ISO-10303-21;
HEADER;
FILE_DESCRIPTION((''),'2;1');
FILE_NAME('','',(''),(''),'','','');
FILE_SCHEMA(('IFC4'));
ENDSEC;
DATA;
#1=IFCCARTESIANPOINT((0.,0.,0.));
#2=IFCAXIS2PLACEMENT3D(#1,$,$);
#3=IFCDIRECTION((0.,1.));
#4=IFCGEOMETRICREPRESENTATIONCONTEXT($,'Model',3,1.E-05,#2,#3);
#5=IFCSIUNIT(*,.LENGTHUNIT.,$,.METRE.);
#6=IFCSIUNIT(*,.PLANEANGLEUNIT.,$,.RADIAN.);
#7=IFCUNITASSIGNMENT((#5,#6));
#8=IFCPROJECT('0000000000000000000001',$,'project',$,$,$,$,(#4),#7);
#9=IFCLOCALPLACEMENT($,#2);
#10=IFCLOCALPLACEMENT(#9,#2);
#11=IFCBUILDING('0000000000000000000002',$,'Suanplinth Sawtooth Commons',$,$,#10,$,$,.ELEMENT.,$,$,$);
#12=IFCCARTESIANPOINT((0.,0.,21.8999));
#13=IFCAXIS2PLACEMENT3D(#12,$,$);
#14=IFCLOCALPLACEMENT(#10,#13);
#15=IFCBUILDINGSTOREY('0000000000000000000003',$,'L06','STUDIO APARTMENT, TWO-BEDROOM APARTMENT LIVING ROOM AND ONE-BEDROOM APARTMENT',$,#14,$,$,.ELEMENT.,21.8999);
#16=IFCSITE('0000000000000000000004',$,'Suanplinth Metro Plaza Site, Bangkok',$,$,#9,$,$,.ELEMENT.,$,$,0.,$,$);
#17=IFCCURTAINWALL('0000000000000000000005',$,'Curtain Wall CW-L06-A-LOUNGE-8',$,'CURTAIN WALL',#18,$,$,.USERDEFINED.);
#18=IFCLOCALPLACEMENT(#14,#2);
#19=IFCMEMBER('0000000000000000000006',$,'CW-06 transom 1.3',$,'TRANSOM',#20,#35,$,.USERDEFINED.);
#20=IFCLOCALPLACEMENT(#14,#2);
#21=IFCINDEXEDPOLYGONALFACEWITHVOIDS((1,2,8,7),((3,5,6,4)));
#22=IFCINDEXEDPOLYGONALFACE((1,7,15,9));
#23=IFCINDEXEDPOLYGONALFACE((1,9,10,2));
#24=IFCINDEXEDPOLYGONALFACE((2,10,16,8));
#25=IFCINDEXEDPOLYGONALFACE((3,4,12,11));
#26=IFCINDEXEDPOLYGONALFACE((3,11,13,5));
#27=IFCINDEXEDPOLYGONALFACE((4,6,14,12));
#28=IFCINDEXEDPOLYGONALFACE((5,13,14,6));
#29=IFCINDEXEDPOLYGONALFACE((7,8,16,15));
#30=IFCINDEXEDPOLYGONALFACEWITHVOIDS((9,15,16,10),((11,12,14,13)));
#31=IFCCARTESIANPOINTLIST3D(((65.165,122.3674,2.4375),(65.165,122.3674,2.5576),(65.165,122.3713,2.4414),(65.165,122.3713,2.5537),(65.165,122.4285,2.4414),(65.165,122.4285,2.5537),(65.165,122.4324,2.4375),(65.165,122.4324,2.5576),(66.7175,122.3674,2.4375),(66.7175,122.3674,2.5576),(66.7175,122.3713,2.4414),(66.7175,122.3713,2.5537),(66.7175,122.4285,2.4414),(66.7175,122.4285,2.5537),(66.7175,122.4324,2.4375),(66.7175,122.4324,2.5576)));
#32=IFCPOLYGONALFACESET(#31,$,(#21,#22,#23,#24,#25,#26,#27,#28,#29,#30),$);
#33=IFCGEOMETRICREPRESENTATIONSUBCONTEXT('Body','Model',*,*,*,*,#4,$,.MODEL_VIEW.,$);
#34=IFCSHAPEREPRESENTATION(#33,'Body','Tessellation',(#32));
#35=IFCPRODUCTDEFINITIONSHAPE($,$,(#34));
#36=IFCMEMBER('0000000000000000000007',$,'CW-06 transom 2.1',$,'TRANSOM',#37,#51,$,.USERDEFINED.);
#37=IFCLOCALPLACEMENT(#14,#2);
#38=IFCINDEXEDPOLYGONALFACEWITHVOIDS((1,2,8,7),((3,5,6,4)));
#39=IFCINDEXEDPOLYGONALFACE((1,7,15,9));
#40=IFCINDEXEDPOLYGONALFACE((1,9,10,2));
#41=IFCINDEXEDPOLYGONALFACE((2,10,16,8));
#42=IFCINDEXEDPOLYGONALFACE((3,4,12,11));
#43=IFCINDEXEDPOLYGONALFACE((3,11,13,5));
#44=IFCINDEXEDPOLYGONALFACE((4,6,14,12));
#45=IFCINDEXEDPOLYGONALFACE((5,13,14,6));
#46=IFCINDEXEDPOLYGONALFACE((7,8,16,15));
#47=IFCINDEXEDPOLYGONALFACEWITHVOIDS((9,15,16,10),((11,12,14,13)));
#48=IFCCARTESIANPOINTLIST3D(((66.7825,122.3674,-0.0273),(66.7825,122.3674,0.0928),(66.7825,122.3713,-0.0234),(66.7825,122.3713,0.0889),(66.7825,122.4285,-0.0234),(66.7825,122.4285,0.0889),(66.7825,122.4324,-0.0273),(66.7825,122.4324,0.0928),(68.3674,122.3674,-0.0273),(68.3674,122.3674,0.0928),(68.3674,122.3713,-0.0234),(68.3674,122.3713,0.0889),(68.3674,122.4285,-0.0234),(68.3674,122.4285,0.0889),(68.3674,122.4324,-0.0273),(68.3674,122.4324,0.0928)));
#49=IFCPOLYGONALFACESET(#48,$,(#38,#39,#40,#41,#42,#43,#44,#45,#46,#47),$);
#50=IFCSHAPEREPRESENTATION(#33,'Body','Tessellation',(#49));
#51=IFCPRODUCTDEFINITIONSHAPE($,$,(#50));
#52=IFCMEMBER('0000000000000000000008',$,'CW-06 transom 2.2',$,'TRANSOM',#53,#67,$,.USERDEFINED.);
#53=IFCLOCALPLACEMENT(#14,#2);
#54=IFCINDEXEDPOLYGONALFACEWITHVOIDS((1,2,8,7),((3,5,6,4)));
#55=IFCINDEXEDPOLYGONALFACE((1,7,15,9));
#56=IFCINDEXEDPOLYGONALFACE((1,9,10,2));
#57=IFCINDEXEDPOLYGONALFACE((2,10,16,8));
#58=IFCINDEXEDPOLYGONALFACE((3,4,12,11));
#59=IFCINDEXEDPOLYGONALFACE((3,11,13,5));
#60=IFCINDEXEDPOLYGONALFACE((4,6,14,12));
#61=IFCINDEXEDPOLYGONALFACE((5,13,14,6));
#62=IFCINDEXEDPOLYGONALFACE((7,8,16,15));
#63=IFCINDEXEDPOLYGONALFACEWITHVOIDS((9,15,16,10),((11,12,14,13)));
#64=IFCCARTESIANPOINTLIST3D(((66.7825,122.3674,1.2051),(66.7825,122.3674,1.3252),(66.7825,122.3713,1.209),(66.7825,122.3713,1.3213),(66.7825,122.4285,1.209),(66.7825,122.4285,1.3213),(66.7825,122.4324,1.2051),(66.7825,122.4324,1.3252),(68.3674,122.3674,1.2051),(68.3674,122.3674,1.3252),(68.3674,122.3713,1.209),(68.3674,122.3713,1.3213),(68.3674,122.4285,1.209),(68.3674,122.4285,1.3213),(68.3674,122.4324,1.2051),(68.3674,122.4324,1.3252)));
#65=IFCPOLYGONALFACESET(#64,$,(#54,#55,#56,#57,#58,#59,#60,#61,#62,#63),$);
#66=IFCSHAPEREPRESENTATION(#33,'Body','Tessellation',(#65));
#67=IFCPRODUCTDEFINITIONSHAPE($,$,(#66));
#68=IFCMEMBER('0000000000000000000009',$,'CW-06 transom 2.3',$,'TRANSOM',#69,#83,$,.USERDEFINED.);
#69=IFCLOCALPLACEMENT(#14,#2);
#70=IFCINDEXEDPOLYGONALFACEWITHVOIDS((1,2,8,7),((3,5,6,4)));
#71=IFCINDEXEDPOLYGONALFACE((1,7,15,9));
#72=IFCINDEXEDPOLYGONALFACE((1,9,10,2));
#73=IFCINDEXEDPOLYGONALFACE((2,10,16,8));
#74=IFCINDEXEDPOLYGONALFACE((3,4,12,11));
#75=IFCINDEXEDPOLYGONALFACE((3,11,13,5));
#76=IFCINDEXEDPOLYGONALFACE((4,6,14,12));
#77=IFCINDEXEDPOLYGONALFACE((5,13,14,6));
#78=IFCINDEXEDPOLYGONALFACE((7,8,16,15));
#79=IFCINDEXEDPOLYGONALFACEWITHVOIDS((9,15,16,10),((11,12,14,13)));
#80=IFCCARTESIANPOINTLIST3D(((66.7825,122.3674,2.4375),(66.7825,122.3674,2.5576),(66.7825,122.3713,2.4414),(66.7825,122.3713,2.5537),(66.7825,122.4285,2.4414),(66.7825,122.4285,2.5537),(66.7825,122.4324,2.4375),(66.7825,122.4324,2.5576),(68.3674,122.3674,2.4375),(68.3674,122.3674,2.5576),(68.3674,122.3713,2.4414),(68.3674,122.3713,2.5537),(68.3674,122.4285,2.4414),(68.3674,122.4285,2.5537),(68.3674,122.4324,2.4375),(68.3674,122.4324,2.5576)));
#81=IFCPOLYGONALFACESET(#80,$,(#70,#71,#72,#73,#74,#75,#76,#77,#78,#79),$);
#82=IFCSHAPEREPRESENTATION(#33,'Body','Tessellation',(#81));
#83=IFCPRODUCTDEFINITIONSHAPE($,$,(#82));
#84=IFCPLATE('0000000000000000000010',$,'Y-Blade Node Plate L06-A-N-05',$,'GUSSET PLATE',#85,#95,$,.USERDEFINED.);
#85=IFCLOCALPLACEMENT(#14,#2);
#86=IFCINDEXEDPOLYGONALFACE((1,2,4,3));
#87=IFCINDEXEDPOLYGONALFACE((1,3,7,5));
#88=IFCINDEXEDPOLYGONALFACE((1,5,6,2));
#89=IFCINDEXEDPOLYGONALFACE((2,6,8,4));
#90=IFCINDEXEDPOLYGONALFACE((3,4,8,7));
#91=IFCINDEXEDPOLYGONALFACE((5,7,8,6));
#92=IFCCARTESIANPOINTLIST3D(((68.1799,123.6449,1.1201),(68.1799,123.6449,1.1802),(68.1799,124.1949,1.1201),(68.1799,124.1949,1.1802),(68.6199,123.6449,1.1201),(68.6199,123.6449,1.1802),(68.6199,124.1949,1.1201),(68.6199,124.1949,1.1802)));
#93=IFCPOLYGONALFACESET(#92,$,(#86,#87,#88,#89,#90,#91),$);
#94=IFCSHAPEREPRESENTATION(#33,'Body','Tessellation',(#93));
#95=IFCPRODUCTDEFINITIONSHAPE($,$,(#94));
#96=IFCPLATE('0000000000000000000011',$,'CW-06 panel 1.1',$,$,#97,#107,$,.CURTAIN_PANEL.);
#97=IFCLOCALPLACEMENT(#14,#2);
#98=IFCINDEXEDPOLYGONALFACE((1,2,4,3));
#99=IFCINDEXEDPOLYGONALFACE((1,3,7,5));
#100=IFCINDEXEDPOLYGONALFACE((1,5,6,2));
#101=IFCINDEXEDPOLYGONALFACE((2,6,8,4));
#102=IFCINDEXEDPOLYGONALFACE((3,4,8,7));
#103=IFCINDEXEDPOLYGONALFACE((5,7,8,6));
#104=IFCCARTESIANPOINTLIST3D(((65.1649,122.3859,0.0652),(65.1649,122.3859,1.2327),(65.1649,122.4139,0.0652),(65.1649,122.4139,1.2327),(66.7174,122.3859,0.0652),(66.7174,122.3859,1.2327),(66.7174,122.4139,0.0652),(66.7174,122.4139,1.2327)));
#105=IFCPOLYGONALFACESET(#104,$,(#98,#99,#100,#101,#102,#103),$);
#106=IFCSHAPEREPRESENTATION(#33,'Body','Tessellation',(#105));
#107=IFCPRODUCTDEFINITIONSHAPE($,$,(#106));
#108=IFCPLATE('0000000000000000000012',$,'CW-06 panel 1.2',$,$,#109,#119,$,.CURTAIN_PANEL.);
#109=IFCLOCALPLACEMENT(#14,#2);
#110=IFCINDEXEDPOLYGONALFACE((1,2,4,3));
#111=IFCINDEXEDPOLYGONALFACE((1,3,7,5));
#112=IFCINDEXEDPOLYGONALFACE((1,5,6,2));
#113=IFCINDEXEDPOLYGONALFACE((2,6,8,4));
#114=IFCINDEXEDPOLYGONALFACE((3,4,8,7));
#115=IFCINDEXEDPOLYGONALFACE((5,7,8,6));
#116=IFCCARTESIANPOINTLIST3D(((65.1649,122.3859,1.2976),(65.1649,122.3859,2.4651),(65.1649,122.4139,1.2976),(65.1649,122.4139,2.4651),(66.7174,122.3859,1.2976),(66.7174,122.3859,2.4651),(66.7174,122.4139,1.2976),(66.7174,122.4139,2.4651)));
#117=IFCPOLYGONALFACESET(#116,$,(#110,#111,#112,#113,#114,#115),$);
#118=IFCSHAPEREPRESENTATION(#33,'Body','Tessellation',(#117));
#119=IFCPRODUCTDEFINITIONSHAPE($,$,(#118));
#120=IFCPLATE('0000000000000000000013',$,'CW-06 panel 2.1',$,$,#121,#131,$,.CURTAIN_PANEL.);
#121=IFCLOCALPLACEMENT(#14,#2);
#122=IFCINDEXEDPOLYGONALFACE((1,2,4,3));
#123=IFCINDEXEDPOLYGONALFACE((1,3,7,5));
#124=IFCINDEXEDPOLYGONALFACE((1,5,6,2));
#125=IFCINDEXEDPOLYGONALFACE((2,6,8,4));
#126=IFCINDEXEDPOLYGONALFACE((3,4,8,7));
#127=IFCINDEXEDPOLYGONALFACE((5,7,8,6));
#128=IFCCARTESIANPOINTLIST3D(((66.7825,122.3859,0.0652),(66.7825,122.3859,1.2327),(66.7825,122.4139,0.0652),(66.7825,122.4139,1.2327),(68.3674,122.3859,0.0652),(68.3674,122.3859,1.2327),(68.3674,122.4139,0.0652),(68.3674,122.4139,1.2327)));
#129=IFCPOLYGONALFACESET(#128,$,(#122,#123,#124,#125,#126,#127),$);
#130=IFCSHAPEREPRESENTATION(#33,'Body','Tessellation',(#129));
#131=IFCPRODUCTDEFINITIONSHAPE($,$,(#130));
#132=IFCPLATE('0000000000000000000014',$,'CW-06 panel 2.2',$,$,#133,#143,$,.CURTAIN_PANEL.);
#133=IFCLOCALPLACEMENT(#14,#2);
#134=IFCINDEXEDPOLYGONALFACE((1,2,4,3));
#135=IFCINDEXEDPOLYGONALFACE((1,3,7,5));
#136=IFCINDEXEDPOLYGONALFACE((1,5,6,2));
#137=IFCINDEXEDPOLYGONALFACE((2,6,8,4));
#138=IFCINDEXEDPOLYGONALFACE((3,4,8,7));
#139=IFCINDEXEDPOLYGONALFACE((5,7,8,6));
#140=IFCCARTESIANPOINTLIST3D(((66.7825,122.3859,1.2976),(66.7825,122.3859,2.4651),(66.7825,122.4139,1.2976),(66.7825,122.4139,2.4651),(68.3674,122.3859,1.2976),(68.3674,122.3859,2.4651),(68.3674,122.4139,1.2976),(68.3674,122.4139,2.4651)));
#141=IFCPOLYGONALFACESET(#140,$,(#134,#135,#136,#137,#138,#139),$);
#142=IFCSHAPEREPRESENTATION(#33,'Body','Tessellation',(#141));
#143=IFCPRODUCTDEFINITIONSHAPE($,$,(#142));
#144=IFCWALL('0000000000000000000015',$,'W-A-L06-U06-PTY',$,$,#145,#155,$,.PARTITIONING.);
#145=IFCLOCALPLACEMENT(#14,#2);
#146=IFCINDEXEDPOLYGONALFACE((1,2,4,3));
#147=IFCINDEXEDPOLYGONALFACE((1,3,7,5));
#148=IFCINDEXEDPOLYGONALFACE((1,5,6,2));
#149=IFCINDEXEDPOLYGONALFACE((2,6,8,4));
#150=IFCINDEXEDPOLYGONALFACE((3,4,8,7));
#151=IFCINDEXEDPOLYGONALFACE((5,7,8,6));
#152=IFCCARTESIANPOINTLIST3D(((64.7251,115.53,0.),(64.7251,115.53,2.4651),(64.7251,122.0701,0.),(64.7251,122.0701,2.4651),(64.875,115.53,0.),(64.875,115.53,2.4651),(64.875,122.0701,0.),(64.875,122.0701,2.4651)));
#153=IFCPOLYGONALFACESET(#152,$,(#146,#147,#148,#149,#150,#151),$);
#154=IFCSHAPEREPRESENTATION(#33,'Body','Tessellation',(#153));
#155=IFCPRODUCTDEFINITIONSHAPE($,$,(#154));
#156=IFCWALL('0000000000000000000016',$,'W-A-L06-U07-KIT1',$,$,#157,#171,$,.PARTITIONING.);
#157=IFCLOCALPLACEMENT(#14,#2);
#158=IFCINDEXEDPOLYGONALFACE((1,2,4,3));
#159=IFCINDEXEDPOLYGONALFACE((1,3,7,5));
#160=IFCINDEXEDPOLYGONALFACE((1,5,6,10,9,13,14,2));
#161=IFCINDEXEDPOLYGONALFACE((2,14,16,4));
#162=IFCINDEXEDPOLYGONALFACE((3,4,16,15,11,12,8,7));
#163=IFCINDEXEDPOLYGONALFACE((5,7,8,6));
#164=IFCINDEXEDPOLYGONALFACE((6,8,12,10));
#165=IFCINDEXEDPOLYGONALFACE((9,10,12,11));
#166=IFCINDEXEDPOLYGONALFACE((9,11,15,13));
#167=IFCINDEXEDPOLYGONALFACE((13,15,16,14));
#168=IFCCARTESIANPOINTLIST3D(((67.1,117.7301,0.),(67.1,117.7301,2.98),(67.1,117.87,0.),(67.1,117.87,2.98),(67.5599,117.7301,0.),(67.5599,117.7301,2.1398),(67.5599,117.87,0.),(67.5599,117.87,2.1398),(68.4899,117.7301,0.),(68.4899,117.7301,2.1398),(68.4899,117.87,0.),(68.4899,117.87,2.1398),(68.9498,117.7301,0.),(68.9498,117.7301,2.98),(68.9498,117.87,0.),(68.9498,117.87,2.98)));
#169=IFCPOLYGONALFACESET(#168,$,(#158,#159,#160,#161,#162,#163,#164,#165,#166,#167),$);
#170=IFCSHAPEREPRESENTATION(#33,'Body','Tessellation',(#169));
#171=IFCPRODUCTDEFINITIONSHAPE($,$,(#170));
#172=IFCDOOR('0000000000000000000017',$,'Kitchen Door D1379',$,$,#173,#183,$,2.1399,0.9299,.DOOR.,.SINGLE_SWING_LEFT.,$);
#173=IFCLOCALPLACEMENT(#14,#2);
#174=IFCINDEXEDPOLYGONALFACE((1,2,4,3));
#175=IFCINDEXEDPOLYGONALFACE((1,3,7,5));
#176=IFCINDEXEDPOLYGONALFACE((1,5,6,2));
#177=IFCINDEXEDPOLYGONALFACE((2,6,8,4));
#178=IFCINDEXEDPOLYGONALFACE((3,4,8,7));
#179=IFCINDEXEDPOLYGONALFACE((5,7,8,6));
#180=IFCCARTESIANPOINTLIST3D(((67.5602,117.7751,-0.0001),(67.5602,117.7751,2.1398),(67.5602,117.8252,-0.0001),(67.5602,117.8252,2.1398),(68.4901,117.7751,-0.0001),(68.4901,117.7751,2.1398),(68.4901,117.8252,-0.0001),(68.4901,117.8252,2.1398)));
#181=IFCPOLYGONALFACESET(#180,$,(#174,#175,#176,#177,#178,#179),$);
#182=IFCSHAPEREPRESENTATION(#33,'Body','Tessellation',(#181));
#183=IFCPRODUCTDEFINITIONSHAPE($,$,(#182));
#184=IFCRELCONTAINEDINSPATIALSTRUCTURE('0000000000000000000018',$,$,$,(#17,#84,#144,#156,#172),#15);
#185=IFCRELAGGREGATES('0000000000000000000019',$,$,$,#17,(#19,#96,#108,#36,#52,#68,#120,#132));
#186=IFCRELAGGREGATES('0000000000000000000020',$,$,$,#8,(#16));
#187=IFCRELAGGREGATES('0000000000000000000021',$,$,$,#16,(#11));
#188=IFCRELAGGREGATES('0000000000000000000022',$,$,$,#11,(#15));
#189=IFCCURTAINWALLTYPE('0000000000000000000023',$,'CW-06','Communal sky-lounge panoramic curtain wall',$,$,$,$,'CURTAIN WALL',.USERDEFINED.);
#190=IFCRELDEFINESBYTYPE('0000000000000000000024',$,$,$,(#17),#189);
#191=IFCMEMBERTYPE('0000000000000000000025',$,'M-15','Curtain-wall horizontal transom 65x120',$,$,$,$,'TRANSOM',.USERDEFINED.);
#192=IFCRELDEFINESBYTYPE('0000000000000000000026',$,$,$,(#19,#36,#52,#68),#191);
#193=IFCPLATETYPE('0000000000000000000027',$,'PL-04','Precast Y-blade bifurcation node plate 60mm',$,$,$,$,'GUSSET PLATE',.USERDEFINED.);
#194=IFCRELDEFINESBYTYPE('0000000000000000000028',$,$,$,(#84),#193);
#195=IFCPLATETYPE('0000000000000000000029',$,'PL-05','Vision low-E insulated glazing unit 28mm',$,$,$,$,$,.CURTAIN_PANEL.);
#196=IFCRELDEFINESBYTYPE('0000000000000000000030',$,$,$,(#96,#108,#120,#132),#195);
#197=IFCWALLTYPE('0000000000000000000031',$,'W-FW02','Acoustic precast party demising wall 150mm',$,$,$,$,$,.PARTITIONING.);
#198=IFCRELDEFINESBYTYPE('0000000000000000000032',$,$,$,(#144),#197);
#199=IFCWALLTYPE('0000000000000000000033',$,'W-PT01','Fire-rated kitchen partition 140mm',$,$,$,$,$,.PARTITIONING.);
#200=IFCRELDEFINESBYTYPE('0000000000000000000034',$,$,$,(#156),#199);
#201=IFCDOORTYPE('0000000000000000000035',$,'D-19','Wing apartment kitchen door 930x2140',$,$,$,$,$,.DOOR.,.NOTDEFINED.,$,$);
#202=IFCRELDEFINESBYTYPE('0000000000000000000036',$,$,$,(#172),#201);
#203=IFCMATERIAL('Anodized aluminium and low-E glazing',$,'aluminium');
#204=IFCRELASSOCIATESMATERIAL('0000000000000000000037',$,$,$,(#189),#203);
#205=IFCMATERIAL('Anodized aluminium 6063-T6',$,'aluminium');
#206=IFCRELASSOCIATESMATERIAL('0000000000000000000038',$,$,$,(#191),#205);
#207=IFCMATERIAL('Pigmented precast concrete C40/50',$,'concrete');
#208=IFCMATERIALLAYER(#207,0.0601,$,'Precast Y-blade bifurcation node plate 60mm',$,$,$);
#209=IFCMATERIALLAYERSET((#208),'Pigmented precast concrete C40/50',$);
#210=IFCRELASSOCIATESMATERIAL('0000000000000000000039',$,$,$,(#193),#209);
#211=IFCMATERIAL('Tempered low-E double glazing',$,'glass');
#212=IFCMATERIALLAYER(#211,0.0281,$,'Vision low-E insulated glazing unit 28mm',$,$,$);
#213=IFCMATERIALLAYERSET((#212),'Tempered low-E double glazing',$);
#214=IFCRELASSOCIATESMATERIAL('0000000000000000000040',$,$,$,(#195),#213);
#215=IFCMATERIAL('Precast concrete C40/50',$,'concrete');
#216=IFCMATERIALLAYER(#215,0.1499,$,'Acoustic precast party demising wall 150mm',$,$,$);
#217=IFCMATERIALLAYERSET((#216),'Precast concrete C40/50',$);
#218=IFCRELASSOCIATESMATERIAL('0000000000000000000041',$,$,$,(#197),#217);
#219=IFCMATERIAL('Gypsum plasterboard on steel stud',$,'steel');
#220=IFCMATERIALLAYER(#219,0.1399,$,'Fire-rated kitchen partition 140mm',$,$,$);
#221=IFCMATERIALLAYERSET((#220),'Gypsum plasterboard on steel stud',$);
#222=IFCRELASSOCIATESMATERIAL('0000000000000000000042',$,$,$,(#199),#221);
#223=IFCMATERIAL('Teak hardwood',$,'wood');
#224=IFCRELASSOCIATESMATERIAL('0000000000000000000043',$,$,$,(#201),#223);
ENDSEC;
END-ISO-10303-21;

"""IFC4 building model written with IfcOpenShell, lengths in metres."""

from ifc_helpers import new_model, si_unit, direction, frame, frame_2d, origin, origin_2d, place, context, subcontext, project, spatial, rectangle, hollow_rectangle, extrude, material, layer, layer_set, material_profile, profile_set, type_object, element, fill, aggregate, save


model = new_model("IFC4")

# Units and contexts
model_context = context("Model", 3, precision=1e-05, world=origin(), true_north=direction((0.0, 1.0)))
body_context = subcontext(model_context, "Body", "Model", "MODEL_VIEW")
ifc_project = project(units=[si_unit("LENGTHUNIT", "METRE"), si_unit("PLANEANGLEUNIT", "RADIAN")], contexts=[model_context])

# Site, building, storey
site_placement = place(None, origin())
site = spatial("IfcSite", under=ifc_project, at=site_placement, Name="Suanplinth Metro Plaza Site, Bangkok", CompositionType="ELEMENT", RefElevation=0.0)
building_placement = place(site_placement, origin())
building = spatial("IfcBuilding", under=site, at=building_placement, Name="Suanplinth Sawtooth Commons", CompositionType="ELEMENT")
storey_placement = place(building_placement, frame((0.0, 0.0, 21.8999)))
storey = spatial("IfcBuildingStorey", under=building, at=storey_placement, Name="L06", Description="STUDIO APARTMENT, TWO-BEDROOM APARTMENT LIVING ROOM AND ONE-BEDROOM APARTMENT", CompositionType="ELEMENT", Elevation=21.8999)

# Shared definitions
ifc_material_1 = material(Name="Precast concrete C40/50", Category="concrete")

# Shared definitions
ifc_material_2 = material(Name="Pigmented precast concrete C40/50", Category="concrete")

# Curtain wall, members
ifc_material_3 = material(Name="Anodized aluminium and low-E glazing", Category="aluminium")
curtain_wall_type = type_object("IfcCurtainWallType", Name="CW-06", Description="Communal sky-lounge panoramic curtain wall", ElementType="CURTAIN WALL", PredefinedType="USERDEFINED", material=ifc_material_3)
curtain_wall_placement = place(storey_placement, origin())
curtain_wall = element("IfcCurtainWall", 1, at=curtain_wall_placement, inside=storey, type_object=curtain_wall_type, Name="Curtain Wall CW-L06-A-LOUNGE-8", ObjectType="CURTAIN WALL", PredefinedType="USERDEFINED")
ifc_material_4 = material(Name="Anodized aluminium 6063-T6", Category="aluminium")
ifc_material_profile_1 = material_profile(ifc_material_4, hollow_rectangle(XDim=0.0649, YDim=0.1201, WallThickness=0.0039, at=origin_2d()), Name="ALU-TRN 65x120")
ifc_profile_set_1 = profile_set([ifc_material_profile_1], Name="Anodized aluminium 6063-T6")
member_type_1 = type_object("IfcMemberType", Name="M-15", Description="Curtain-wall horizontal transom 65x120", ElementType="TRANSOM", PredefinedType="USERDEFINED", material=ifc_profile_set_1)
member_1_placement = place(storey_placement, frame((65.165, 122.3999, 2.4976), z_axis=(1.0, 0.0, 0.0), x_axis=(0.0, 1.0, 0.0)))
member_1 = element("IfcMember", 2, at=member_1_placement, type_object=member_type_1, Name="CW-06 transom 1.3", ObjectType="TRANSOM", PredefinedType="USERDEFINED", context=body_context, shape_type="SweptSolid", body=[
    extrude(hollow_rectangle(XDim=0.0649, YDim=0.1201, WallThickness=0.0039, at=origin_2d()), origin(), (0.0, 0.0, 1.0), 1.5525),
])
member_2_placement = place(storey_placement, frame((66.7825, 122.3999, 0.0327), z_axis=(1.0, 0.0, 0.0), x_axis=(0.0, 1.0, 0.0)))
member_2 = element("IfcMember", 3, at=member_2_placement, type_object=member_type_1, Name="CW-06 transom 2.1", ObjectType="TRANSOM", PredefinedType="USERDEFINED", context=body_context, shape_type="SweptSolid", body=[
    extrude(hollow_rectangle(XDim=0.0649, YDim=0.1201, WallThickness=0.0039, at=origin_2d()), origin(), (0.0, 0.0, 1.0), 1.585),
])
member_3_placement = place(storey_placement, frame((66.7825, 122.3999, 1.2651), z_axis=(1.0, 0.0, 0.0), x_axis=(0.0, 1.0, 0.0)))
member_3 = element("IfcMember", 4, at=member_3_placement, type_object=member_type_1, Name="CW-06 transom 2.2", ObjectType="TRANSOM", PredefinedType="USERDEFINED", context=body_context, shape_type="SweptSolid", body=[
    extrude(hollow_rectangle(XDim=0.0649, YDim=0.1201, WallThickness=0.0039, at=origin_2d()), origin(), (0.0, 0.0, 1.0), 1.585),
])
member_4_placement = place(storey_placement, frame((66.7825, 122.3999, 2.4976), z_axis=(1.0, 0.0, 0.0), x_axis=(0.0, 1.0, 0.0)))
member_4 = element("IfcMember", 5, at=member_4_placement, type_object=member_type_1, Name="CW-06 transom 2.3", ObjectType="TRANSOM", PredefinedType="USERDEFINED", context=body_context, shape_type="SweptSolid", body=[
    extrude(hollow_rectangle(XDim=0.0649, YDim=0.1201, WallThickness=0.0039, at=origin_2d()), origin(), (0.0, 0.0, 1.0), 1.585),
])

# Plates
ifc_layer_1 = layer(ifc_material_2, 0.0601, Name="Precast Y-blade bifurcation node plate 60mm")
ifc_layer_set_1 = layer_set([ifc_layer_1], Name="Pigmented precast concrete C40/50")
plate_type_1 = type_object("IfcPlateType", Name="PL-04", Description="Precast Y-blade bifurcation node plate 60mm", ElementType="GUSSET PLATE", PredefinedType="USERDEFINED", material=ifc_layer_set_1)
plate_1_placement = place(storey_placement, frame((68.3999, 123.9199, 1.1201), z_axis=(0.0, 0.0, 1.0), x_axis=(1.0, 0.0, 0.0)))
element("IfcPlate", 6, at=plate_1_placement, inside=storey, type_object=plate_type_1, Name="Y-Blade Node Plate L06-A-N-05", ObjectType="GUSSET PLATE", PredefinedType="USERDEFINED", context=body_context, shape_type="SweptSolid", body=[
    extrude(rectangle(XDim=0.4399, YDim=0.55, at=origin_2d()), origin(), (0.0, 0.0, 1.0), 0.0601),
])
ifc_material_5 = material(Name="Tempered low-E double glazing", Category="glass")
ifc_layer_2 = layer(ifc_material_5, 0.0281, Name="Vision low-E insulated glazing unit 28mm")
ifc_layer_set_2 = layer_set([ifc_layer_2], Name="Tempered low-E double glazing")
plate_type_2 = type_object("IfcPlateType", Name="PL-05", Description="Vision low-E insulated glazing unit 28mm", PredefinedType="CURTAIN_PANEL", material=ifc_layer_set_2)
plate_2_placement = place(storey_placement, frame((65.9412, 122.3999, 0.0652), z_axis=(0.0, 0.0, 1.0), x_axis=(1.0, 0.0, 0.0)))
plate_2 = element("IfcPlate", 7, at=plate_2_placement, type_object=plate_type_2, Name="CW-06 panel 1.1", PredefinedType="CURTAIN_PANEL", context=body_context, shape_type="SweptSolid", body=[
    extrude(rectangle(XDim=1.5525, YDim=0.0281, at=origin_2d()), origin(), (0.0, 0.0, 1.0), 1.1675),
])
plate_3_placement = place(storey_placement, frame((65.9412, 122.3999, 1.2976), z_axis=(0.0, 0.0, 1.0), x_axis=(1.0, 0.0, 0.0)))
plate_3 = element("IfcPlate", 8, at=plate_3_placement, type_object=plate_type_2, Name="CW-06 panel 1.2", PredefinedType="CURTAIN_PANEL", context=body_context, shape_type="SweptSolid", body=[
    extrude(rectangle(XDim=1.5525, YDim=0.0281, at=origin_2d()), origin(), (0.0, 0.0, 1.0), 1.1675),
])
plate_4_placement = place(storey_placement, frame((67.575, 122.3999, 0.0652), z_axis=(0.0, 0.0, 1.0), x_axis=(1.0, 0.0, 0.0)))
plate_4 = element("IfcPlate", 9, at=plate_4_placement, type_object=plate_type_2, Name="CW-06 panel 2.1", PredefinedType="CURTAIN_PANEL", context=body_context, shape_type="SweptSolid", body=[
    extrude(rectangle(XDim=1.585, YDim=0.0281, at=origin_2d()), origin(), (0.0, 0.0, 1.0), 1.1675),
])
plate_5_placement = place(storey_placement, frame((67.575, 122.3999, 1.2976), z_axis=(0.0, 0.0, 1.0), x_axis=(1.0, 0.0, 0.0)))
plate_5 = element("IfcPlate", 10, at=plate_5_placement, type_object=plate_type_2, Name="CW-06 panel 2.2", PredefinedType="CURTAIN_PANEL", context=body_context, shape_type="SweptSolid", body=[
    extrude(rectangle(XDim=1.585, YDim=0.0281, at=origin_2d()), origin(), (0.0, 0.0, 1.0), 1.1675),
])
aggregate(curtain_wall, [member_1, plate_2, plate_3, member_2, member_3, member_4, plate_4, plate_5])

# Wall
ifc_layer_3 = layer(ifc_material_1, 0.1499, Name="Acoustic precast party demising wall 150mm")
ifc_layer_set_3 = layer_set([ifc_layer_3], Name="Precast concrete C40/50")
wall_type_1 = type_object("IfcWallType", Name="W-FW02", Description="Acoustic precast party demising wall 150mm", PredefinedType="PARTITIONING", material=ifc_layer_set_3)
wall_1_placement = place(storey_placement, frame((64.8, 115.53, 0.0), z_axis=(0.0, 0.0, 1.0), x_axis=(0.0, 1.0, 0.0)))
element("IfcWall", 11, at=wall_1_placement, inside=storey, type_object=wall_type_1, Name="W-A-L06-U06-PTY", PredefinedType="PARTITIONING", context=body_context, shape_type="SweptSolid", body=[
    extrude(rectangle(XDim=6.54, YDim=0.1499, at=frame_2d((3.27, 0.0))), origin(), (0.0, 0.0, 1.0), 2.4651),
])

# Wall, opening, door
ifc_material_6 = material(Name="Gypsum plasterboard on steel stud", Category="steel")
ifc_layer_4 = layer(ifc_material_6, 0.1399, Name="Fire-rated kitchen partition 140mm")
ifc_layer_set_4 = layer_set([ifc_layer_4], Name="Gypsum plasterboard on steel stud")
wall_type_2 = type_object("IfcWallType", Name="W-PT01", Description="Fire-rated kitchen partition 140mm", PredefinedType="PARTITIONING", material=ifc_layer_set_4)
wall_2_placement = place(storey_placement, frame((67.1001, 117.8, 0.0), z_axis=(0.0, 0.0, 1.0), x_axis=(1.0, 0.0, 0.0)))
wall_2 = element("IfcWall", 12, at=wall_2_placement, inside=storey, type_object=wall_type_2, Name="W-A-L06-U07-KIT1", PredefinedType="PARTITIONING", context=body_context, shape_type="SweptSolid", body=[
    extrude(rectangle(XDim=1.8499, YDim=0.1399, at=frame_2d((0.9248, 0.0))), origin(), (0.0, 0.0, 1.0), 2.98),
])
opening_1_placement = place(wall_2_placement, frame((0.46, 0.0, 0.0)))
opening_1 = element("IfcOpeningElement", 13, at=opening_1_placement, cuts=wall_2, PredefinedType="OPENING", context=body_context, shape_type="SweptSolid", body=[
    extrude(rectangle(XDim=0.9299, YDim=2.1399, at=frame_2d((0.4648, 1.0698))), frame((0.0, 0.085, 0.0), z_axis=(0.0, -1.0, 0.0), x_axis=(1.0, 0.0, 0.0)), (0.0, 0.0, 1.0), 0.1697),
])
ifc_material_7 = material(Name="Teak hardwood", Category="wood")
door_type_1 = type_object("IfcDoorType", Name="D-19", Description="Wing apartment kitchen door 930x2140", OperationType="NOTDEFINED", PredefinedType="DOOR", material=ifc_material_7)
door_1_placement = place(opening_1_placement, frame((0.9299, 0.0, 0.0), z_axis=(0.0, 0.0, 1.0), x_axis=(-1.0, 0.0, 0.0)))
door_1 = element("IfcDoor", 14, at=door_1_placement, inside=storey, type_object=door_type_1, Name="Kitchen Door D1379", OperationType="SINGLE_SWING_LEFT", OverallHeight=2.1399, OverallWidth=0.9299, PredefinedType="DOOR", context=body_context, shape_type="SweptSolid", body=[
    extrude(rectangle(XDim=0.9299, YDim=2.1399, at=frame_2d((0.4648, 1.0698))), frame((0.0, 0.0249, 0.0), z_axis=(0.0, -1.0, 0.0), x_axis=(1.0, 0.0, 0.0)), (0.0, 0.0, 1.0), 0.05),
])
fill(opening_1, door_1)

save(model, "model.ifc")
